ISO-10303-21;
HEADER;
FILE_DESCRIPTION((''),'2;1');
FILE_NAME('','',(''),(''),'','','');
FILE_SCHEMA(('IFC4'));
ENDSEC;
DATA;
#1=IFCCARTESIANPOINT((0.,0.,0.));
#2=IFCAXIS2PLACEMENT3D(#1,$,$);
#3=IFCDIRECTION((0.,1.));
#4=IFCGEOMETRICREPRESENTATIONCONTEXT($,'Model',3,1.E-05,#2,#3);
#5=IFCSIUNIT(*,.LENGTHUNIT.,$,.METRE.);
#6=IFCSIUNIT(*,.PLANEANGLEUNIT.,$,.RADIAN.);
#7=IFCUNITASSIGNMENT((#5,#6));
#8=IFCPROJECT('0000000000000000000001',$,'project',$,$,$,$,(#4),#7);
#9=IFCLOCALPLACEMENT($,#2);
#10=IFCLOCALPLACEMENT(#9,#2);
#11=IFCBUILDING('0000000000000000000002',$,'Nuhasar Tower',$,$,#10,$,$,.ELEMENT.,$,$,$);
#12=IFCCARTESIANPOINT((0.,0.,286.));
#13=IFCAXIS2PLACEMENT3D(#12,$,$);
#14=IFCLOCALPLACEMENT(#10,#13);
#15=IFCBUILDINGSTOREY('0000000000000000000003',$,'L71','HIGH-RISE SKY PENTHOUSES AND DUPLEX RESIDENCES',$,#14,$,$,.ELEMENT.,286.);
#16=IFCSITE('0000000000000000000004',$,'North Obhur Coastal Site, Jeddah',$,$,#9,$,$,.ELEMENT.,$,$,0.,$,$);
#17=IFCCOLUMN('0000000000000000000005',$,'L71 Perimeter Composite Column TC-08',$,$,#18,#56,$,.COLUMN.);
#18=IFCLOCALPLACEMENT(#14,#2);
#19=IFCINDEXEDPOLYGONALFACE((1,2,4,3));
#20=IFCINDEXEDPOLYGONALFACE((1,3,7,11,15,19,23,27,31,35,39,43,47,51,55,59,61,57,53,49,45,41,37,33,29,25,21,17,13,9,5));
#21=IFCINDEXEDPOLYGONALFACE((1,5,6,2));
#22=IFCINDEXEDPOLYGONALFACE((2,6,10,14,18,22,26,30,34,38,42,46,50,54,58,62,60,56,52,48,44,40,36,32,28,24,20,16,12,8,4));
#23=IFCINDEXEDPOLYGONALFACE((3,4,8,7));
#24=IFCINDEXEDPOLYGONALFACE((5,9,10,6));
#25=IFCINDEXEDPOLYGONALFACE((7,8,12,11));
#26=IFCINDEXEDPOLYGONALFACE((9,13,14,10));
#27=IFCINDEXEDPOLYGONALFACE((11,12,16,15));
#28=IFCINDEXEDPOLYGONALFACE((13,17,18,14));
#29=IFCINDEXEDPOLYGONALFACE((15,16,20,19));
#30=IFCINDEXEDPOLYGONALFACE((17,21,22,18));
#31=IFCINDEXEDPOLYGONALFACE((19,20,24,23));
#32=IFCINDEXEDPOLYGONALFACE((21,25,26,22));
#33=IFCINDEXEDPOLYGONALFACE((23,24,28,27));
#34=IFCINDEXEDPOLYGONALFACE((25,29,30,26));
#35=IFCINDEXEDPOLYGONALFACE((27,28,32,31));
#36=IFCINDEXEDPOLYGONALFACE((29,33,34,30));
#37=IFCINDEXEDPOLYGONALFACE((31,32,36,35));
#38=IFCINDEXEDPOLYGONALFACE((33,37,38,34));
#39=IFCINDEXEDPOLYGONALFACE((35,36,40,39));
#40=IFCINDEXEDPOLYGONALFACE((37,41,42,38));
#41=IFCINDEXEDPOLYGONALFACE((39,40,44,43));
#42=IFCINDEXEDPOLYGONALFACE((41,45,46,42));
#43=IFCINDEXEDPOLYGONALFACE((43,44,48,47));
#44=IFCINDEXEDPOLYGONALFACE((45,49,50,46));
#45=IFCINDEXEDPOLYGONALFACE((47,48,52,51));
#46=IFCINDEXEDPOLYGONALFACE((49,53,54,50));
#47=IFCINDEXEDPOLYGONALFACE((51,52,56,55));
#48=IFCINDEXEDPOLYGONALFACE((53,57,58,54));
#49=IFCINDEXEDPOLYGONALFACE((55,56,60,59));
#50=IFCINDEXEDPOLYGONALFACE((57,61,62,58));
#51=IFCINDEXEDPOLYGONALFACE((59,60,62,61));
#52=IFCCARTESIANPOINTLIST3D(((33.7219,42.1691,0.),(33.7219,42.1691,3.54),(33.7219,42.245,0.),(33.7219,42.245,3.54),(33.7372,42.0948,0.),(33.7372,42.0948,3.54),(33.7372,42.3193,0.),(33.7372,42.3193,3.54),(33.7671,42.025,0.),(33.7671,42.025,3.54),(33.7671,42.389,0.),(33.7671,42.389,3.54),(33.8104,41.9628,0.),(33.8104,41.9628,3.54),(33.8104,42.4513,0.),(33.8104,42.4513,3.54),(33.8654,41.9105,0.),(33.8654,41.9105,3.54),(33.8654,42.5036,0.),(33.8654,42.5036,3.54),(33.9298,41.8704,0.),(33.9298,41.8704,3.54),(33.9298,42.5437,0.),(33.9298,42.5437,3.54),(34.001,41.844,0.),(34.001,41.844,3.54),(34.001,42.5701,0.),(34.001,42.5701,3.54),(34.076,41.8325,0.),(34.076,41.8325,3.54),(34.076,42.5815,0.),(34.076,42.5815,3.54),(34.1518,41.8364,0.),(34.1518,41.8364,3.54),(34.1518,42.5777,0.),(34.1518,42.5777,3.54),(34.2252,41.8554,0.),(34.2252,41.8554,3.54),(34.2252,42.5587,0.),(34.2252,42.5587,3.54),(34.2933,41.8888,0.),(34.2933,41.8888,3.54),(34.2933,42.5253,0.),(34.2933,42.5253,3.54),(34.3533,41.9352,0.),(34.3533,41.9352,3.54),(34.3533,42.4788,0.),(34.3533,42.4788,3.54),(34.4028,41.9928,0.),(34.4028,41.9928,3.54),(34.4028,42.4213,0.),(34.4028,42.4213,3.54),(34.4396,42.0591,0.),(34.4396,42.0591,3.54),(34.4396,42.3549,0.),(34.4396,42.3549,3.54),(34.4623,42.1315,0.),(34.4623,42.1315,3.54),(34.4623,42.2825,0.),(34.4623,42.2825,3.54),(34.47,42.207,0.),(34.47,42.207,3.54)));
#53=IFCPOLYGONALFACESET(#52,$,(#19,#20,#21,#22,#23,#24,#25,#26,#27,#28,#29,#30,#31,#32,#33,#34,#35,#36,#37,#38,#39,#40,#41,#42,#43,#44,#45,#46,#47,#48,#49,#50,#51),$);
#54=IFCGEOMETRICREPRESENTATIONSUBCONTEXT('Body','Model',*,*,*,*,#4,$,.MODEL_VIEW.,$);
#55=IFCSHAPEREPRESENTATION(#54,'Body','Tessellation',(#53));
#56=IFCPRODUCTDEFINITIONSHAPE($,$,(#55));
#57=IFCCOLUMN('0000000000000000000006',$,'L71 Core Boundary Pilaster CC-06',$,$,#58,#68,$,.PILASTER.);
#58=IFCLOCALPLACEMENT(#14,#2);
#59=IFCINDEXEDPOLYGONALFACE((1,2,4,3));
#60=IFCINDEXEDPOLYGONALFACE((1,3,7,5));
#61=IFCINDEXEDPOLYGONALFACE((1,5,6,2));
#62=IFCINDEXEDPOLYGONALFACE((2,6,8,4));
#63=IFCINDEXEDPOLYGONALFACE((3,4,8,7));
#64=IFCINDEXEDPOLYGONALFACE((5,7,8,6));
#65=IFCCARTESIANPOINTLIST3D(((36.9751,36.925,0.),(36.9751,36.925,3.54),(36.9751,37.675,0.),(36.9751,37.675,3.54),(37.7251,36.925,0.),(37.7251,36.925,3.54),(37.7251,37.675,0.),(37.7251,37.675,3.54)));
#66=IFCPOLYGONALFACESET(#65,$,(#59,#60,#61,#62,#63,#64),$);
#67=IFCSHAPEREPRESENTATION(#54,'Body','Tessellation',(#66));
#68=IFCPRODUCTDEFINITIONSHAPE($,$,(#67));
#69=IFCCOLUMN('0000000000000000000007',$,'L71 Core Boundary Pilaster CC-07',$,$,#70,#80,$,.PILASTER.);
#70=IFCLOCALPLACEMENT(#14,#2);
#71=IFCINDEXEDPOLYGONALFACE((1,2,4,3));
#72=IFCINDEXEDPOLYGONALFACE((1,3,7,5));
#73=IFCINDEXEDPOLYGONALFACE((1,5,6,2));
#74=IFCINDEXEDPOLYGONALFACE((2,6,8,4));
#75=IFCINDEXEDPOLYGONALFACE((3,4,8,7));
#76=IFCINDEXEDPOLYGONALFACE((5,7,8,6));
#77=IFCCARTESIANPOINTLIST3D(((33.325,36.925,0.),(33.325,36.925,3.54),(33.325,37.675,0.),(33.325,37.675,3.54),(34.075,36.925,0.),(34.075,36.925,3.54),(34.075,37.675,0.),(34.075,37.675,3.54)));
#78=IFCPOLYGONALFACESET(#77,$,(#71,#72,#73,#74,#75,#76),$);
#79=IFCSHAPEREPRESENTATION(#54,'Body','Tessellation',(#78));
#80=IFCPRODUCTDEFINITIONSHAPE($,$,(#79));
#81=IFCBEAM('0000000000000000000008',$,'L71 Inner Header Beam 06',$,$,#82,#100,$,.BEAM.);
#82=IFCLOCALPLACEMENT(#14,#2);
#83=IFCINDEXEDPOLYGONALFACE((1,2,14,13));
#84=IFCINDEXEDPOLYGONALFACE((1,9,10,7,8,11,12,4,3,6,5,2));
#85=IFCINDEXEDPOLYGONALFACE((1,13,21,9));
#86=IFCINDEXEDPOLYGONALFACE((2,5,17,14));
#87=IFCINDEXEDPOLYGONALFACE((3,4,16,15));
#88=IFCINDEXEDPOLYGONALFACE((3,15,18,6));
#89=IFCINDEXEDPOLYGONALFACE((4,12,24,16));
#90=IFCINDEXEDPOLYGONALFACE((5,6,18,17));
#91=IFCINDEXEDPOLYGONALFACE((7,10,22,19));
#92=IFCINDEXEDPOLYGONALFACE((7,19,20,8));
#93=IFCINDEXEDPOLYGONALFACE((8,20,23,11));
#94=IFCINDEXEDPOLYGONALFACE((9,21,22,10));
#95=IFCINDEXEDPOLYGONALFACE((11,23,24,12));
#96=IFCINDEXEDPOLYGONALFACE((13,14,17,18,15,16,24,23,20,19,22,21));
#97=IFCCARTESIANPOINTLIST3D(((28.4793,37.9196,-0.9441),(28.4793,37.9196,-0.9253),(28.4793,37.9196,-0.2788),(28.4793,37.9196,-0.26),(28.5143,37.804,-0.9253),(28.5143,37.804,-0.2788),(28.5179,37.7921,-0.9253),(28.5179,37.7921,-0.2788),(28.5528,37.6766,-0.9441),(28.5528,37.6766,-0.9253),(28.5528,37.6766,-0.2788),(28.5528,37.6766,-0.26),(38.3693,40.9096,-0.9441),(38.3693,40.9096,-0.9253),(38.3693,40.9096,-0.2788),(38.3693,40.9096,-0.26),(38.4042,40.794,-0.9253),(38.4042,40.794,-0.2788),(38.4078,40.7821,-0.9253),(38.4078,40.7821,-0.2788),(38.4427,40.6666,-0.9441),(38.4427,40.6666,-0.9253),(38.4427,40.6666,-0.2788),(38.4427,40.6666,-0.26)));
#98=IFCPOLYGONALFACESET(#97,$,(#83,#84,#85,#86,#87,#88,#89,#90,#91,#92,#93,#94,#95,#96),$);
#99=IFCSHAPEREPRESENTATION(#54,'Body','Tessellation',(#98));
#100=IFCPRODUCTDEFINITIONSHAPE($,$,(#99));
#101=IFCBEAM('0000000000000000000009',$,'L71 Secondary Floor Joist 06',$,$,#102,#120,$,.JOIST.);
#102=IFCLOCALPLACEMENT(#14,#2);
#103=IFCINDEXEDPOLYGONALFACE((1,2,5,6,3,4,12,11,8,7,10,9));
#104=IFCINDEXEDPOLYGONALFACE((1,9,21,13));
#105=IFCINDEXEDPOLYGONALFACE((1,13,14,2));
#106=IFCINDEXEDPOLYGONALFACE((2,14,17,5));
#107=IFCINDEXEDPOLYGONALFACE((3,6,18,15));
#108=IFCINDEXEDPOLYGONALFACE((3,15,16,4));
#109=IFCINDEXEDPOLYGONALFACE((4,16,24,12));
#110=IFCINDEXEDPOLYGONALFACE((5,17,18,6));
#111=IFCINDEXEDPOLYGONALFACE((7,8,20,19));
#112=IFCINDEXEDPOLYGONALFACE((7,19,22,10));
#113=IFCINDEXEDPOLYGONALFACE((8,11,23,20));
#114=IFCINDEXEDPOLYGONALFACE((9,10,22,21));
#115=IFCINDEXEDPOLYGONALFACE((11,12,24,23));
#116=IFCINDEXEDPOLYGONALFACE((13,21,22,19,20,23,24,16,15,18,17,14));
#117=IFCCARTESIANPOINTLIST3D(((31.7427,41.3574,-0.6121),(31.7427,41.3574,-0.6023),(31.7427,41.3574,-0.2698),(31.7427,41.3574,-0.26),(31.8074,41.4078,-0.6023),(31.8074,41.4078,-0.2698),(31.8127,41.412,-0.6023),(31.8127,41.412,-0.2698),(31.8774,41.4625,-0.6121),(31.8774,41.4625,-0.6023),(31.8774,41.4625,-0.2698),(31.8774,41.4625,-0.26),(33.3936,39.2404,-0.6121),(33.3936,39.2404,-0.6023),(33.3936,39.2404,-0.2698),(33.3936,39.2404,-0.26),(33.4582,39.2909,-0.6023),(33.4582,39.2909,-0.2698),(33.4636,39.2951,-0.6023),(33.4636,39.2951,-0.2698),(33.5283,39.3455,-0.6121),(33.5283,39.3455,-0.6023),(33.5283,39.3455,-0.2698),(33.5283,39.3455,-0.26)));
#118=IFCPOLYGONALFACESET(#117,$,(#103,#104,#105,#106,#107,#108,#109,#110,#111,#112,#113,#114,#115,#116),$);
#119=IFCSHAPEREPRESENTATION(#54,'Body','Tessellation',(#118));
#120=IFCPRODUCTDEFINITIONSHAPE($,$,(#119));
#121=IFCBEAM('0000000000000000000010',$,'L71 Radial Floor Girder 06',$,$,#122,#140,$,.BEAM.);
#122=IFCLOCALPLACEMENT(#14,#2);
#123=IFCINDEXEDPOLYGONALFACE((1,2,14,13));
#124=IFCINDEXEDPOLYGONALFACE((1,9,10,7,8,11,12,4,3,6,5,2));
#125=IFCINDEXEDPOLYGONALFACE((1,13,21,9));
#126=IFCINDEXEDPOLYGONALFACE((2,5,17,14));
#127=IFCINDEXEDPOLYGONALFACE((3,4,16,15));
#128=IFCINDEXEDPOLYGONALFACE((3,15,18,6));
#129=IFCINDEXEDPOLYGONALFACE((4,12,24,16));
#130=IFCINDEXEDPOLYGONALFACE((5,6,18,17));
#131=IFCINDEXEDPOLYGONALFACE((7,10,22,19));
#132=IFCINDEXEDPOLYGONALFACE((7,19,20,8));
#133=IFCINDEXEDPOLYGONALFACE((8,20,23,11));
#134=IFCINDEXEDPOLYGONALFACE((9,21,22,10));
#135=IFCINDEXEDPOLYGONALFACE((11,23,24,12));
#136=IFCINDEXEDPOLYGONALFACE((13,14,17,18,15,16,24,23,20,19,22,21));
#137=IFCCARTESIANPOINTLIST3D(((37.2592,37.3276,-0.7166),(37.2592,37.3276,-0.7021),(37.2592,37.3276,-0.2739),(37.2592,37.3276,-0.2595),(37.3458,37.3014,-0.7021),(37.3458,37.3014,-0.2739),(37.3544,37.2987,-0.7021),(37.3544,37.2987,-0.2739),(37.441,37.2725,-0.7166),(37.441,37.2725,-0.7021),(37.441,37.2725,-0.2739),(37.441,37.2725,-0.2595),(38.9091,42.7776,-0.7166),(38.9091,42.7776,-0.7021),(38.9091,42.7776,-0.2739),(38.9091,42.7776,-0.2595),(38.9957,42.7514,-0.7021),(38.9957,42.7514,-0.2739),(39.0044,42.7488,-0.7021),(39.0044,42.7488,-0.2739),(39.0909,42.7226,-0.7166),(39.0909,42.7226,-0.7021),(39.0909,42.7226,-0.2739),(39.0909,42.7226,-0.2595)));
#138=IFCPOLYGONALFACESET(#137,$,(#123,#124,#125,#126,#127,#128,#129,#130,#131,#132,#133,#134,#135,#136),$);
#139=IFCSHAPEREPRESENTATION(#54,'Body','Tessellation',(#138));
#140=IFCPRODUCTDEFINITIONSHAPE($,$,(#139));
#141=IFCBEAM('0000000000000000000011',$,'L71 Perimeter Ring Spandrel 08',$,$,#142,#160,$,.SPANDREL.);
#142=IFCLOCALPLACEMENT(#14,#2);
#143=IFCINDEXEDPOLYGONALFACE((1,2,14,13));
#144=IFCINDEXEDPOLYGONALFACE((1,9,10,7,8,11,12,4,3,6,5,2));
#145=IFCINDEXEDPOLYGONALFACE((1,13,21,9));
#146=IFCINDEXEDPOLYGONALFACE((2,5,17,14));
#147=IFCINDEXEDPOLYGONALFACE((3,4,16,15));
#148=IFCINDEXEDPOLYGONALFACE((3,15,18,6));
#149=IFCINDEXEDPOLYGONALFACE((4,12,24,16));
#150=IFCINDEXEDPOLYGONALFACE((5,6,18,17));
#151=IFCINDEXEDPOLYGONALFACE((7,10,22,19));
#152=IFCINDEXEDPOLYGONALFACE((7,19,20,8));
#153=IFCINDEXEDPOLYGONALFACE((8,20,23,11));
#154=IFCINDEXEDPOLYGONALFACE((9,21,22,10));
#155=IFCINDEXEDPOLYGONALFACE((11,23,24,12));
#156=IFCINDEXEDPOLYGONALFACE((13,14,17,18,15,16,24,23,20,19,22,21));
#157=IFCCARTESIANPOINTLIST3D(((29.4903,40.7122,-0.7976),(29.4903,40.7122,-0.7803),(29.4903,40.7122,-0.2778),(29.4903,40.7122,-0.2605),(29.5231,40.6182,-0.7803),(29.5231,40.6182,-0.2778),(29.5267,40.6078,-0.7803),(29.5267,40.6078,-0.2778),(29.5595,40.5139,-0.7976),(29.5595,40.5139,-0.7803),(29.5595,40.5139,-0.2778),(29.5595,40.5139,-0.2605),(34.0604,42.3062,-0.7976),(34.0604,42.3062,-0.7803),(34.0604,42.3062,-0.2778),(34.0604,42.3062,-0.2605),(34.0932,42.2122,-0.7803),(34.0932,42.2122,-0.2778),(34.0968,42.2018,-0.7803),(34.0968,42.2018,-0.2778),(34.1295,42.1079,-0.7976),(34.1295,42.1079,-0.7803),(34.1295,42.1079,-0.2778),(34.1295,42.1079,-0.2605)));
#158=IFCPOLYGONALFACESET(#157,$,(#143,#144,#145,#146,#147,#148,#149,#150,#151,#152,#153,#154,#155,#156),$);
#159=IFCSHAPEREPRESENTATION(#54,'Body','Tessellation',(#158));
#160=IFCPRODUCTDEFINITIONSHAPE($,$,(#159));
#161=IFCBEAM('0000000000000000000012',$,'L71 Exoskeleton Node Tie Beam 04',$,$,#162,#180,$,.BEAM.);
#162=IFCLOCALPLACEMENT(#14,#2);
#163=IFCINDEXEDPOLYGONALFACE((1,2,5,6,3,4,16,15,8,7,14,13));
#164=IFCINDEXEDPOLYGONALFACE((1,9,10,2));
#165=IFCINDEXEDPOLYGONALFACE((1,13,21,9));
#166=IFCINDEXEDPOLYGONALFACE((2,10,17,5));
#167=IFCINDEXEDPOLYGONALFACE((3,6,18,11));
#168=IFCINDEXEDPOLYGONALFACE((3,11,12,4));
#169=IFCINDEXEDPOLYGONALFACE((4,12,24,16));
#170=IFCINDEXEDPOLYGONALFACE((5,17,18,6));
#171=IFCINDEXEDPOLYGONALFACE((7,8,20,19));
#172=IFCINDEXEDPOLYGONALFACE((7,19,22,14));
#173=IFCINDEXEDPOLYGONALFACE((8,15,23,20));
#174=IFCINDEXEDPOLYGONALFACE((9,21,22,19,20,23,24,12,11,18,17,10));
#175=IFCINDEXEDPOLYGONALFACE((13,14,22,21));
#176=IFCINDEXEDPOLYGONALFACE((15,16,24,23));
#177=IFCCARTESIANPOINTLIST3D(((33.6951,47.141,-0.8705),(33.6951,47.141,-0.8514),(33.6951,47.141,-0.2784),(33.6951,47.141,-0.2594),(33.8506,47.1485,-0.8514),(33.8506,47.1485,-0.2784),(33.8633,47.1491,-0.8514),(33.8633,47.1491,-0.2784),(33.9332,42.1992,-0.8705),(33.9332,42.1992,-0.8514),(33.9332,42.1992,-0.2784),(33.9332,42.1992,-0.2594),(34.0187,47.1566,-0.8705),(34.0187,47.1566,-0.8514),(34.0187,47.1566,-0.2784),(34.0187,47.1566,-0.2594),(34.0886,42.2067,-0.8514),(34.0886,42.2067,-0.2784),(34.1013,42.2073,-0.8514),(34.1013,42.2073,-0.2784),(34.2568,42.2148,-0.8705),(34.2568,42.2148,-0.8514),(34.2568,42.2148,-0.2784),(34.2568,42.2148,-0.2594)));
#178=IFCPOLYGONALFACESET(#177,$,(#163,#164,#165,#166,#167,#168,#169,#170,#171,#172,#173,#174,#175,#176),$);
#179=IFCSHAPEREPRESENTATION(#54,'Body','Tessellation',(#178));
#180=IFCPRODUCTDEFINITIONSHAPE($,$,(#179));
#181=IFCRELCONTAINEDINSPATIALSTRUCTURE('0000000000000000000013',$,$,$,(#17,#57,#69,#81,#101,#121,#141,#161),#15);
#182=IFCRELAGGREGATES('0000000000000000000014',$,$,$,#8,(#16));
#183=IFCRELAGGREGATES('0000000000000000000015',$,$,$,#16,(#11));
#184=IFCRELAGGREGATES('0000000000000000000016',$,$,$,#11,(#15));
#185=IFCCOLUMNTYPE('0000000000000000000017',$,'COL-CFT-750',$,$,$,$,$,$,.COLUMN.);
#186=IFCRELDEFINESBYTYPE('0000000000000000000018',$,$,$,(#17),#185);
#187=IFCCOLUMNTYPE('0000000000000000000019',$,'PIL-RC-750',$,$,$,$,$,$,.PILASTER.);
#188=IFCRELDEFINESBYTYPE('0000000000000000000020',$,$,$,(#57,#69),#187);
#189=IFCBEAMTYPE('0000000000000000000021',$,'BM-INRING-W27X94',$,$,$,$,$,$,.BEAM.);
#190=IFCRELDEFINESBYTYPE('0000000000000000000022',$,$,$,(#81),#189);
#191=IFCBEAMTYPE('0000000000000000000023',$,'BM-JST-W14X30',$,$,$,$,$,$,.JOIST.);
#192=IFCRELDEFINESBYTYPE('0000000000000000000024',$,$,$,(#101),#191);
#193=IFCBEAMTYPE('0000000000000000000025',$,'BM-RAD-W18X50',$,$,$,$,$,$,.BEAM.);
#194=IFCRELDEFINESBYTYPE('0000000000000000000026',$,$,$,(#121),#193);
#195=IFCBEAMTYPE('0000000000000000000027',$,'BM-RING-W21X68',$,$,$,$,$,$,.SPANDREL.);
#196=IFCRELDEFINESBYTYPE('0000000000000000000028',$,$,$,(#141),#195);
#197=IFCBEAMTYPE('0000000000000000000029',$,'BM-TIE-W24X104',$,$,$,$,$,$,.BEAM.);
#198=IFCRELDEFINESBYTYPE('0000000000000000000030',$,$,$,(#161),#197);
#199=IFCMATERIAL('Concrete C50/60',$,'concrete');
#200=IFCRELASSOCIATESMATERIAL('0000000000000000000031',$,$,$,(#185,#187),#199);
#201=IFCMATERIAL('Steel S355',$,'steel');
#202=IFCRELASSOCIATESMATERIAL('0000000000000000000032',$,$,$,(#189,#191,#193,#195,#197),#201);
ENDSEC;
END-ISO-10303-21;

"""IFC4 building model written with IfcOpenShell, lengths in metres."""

from ifc_helpers import new_model, si_unit, direction, frame, origin, origin_2d, place, context, subcontext, project, spatial, rectangle, circle, i_section, extrude, material, material_profile, profile_set, type_object, element, save


model = new_model("IFC4")

# Units and contexts
model_context = context("Model", 3, precision=1e-05, world=origin(), true_north=direction((0.0, 1.0)))
body_context = subcontext(model_context, "Body", "Model", "MODEL_VIEW")
ifc_project = project(units=[si_unit("LENGTHUNIT", "METRE"), si_unit("PLANEANGLEUNIT", "RADIAN")], contexts=[model_context])

# Site, building, storey
site_placement = place(None, origin())
site = spatial("IfcSite", under=ifc_project, at=site_placement, Name="North Obhur Coastal Site, Jeddah", CompositionType="ELEMENT", RefElevation=0.0)
building_placement = place(site_placement, origin())
building = spatial("IfcBuilding", under=site, at=building_placement, Name="Nuhasar Tower", CompositionType="ELEMENT")
storey_placement = place(building_placement, frame((0.0, 0.0, 286.0)))
storey = spatial("IfcBuildingStorey", under=building, at=storey_placement, Name="L71", Description="HIGH-RISE SKY PENTHOUSES AND DUPLEX RESIDENCES", CompositionType="ELEMENT", Elevation=286.0)

# Columns
ifc_material_1 = material(Name="Concrete C50/60", Category="concrete")
ifc_material_profile_1 = material_profile(ifc_material_1, circle(Radius=0.375, at=origin_2d()), Name="CFT750")
ifc_profile_set_1 = profile_set([ifc_material_profile_1], Name="Concrete C50/60")
column_type_1 = type_object("IfcColumnType", Name="COL-CFT-750", PredefinedType="COLUMN", material=ifc_profile_set_1)
column_placement = place(storey_placement, frame((34.095, 42.207, 0.0), z_axis=(0.0, 0.0, 1.0), x_axis=(1.0, 0.0, 0.0)))
element("IfcColumn", 1, at=column_placement, inside=storey, type_object=column_type_1, Name="L71 Perimeter Composite Column TC-08", PredefinedType="COLUMN", context=body_context, shape_type="SweptSolid", body=[
    extrude(circle(Radius=0.375, at=origin_2d()), origin(), (0.0, 0.0, 1.0), 3.54),
])
ifc_material_profile_2 = material_profile(ifc_material_1, rectangle(XDim=0.75, YDim=0.75, at=origin_2d()), Name="RC750X750")
ifc_profile_set_2 = profile_set([ifc_material_profile_2], Name="Concrete C50/60")
column_type_2 = type_object("IfcColumnType", Name="PIL-RC-750", PredefinedType="PILASTER", material=ifc_profile_set_2)
for number, where, z_axis, x_axis, name in (
    (2, (37.3501, 37.3, 0.0), (0.0, 0.0, 1.0), (1.0, 0.0, 0.0), "L71 Core Boundary Pilaster CC-06"),
    (3, (33.7, 37.3, 0.0), (0.0, 0.0, 1.0), (1.0, 0.0, 0.0), "L71 Core Boundary Pilaster CC-07"),
):
    element("IfcColumn", number, at=place(storey_placement, frame(where, z_axis=z_axis, x_axis=x_axis)), inside=storey, type_object=column_type_2, Name=name, PredefinedType="PILASTER", context=body_context, shape_type="SweptSolid", body=[
        extrude(rectangle(XDim=0.75, YDim=0.75, at=origin_2d()), origin(), (0.0, 0.0, 1.0), 3.54),
    ])

# Beams
ifc_material_2 = material(Name="Steel S355", Category="steel")
ifc_material_profile_3 = material_profile(ifc_material_2, i_section(OverallWidth=0.2539, OverallDepth=0.6841, WebThickness=0.0125, FlangeThickness=0.0188, at=origin_2d()), Name="W27X94")
ifc_profile_set_3 = profile_set([ifc_material_profile_3], Name="Steel S355")
beam_type_1 = type_object("IfcBeamType", Name="BM-INRING-W27X94", PredefinedType="BEAM", material=ifc_profile_set_3)
beam_1_placement = place(storey_placement, frame((38.406, 40.7881, -0.6021), z_axis=(-0.957211, -0.289392, 0.0), x_axis=(0.289392, -0.957211, 0.0)))
element("IfcBeam", 4, at=beam_1_placement, inside=storey, type_object=beam_type_1, Name="L71 Inner Header Beam 06", PredefinedType="BEAM", context=body_context, shape_type="SweptSolid", body=[
    extrude(i_section(OverallWidth=0.2539, OverallDepth=0.6841, WebThickness=0.0125, FlangeThickness=0.0188, at=origin_2d()), origin(), (0.0, 0.0, 1.0), 10.332),
])
ifc_material_profile_4 = material_profile(ifc_material_2, i_section(OverallWidth=0.1709, OverallDepth=0.3521, WebThickness=0.0068, FlangeThickness=0.0098, at=origin_2d()), Name="W14X30")
ifc_profile_set_4 = profile_set([ifc_material_profile_4], Name="Steel S355")
beam_type_2 = type_object("IfcBeamType", Name="BM-JST-W14X30", PredefinedType="JOIST", material=ifc_profile_set_4)
beam_2_placement = place(storey_placement, frame((33.4609, 39.293, -0.436), z_axis=(-0.614954, 0.788563, 0.0), x_axis=(-0.788563, -0.614954, 0.0)))
element("IfcBeam", 5, at=beam_2_placement, inside=storey, type_object=beam_type_2, Name="L71 Secondary Floor Joist 06", PredefinedType="JOIST", context=body_context, shape_type="SweptSolid", body=[
    extrude(i_section(OverallWidth=0.1709, OverallDepth=0.3521, WebThickness=0.0068, FlangeThickness=0.0098, at=origin_2d()), origin(), (0.0, 0.0, 1.0), 2.6846),
])
ifc_material_profile_5 = material_profile(ifc_material_2, i_section(OverallWidth=0.1899, OverallDepth=0.457, WebThickness=0.009, FlangeThickness=0.0144, at=origin_2d()), Name="W18X50")
ifc_profile_set_5 = profile_set([ifc_material_profile_5], Name="Steel S355")
beam_type_3 = type_object("IfcBeamType", Name="BM-RAD-W18X50", PredefinedType="BEAM", material=ifc_profile_set_5)
beam_3_placement = place(storey_placement, frame((37.3501, 37.3, -0.488), z_axis=(0.28975, 0.957102, 0.0), x_axis=(-0.957102, 0.28975, 0.0)))
element("IfcBeam", 6, at=beam_3_placement, inside=storey, type_object=beam_type_3, Name="L71 Radial Floor Girder 06", PredefinedType="BEAM", context=body_context, shape_type="SweptSolid", body=[
    extrude(i_section(OverallWidth=0.1899, OverallDepth=0.457, WebThickness=0.009, FlangeThickness=0.0144, at=origin_2d()), origin(), (0.0, 0.0, 1.0), 5.6943),
])
ifc_material_profile_6 = material_profile(ifc_material_2, i_section(OverallWidth=0.21, OverallDepth=0.5371, WebThickness=0.011, FlangeThickness=0.0173, at=origin_2d()), Name="W21X68")
ifc_profile_set_6 = profile_set([ifc_material_profile_6], Name="Steel S355")
beam_type_4 = type_object("IfcBeamType", Name="BM-RING-W21X68", PredefinedType="SPANDREL", material=ifc_profile_set_6)
beam_4_placement = place(storey_placement, frame((34.095, 42.207, -0.5291), z_axis=(-0.944214, -0.329332, 0.0), x_axis=(0.329332, -0.944214, 0.0)))
element("IfcBeam", 7, at=beam_4_placement, inside=storey, type_object=beam_type_4, Name="L71 Perimeter Ring Spandrel 08", PredefinedType="SPANDREL", context=body_context, shape_type="SweptSolid", body=[
    extrude(i_section(OverallWidth=0.21, OverallDepth=0.5371, WebThickness=0.011, FlangeThickness=0.0173, at=origin_2d()), origin(), (0.0, 0.0, 1.0), 4.8401),
])
ifc_material_profile_7 = material_profile(ifc_material_2, i_section(OverallWidth=0.324, OverallDepth=0.6111, WebThickness=0.0127, FlangeThickness=0.019, at=origin_2d()), Name="W24X104")
ifc_profile_set_7 = profile_set([ifc_material_profile_7], Name="Steel S355")
beam_type_5 = type_object("IfcBeamType", Name="BM-TIE-W24X104", PredefinedType="BEAM", material=ifc_profile_set_7)
beam_5_placement = place(storey_placement, frame((34.095, 42.207, -0.5649), z_axis=(-0.048111, 0.998842, 0.0), x_axis=(-0.998842, -0.048111, 0.0)))
element("IfcBeam", 8, at=beam_5_placement, inside=storey, type_object=beam_type_5, Name="L71 Exoskeleton Node Tie Beam 04", PredefinedType="BEAM", context=body_context, shape_type="SweptSolid", body=[
    extrude(i_section(OverallWidth=0.324, OverallDepth=0.6111, WebThickness=0.0127, FlangeThickness=0.019, at=origin_2d()), origin(), (0.0, 0.0, 1.0), 4.9475),
])

save(model, "model.ifc")
